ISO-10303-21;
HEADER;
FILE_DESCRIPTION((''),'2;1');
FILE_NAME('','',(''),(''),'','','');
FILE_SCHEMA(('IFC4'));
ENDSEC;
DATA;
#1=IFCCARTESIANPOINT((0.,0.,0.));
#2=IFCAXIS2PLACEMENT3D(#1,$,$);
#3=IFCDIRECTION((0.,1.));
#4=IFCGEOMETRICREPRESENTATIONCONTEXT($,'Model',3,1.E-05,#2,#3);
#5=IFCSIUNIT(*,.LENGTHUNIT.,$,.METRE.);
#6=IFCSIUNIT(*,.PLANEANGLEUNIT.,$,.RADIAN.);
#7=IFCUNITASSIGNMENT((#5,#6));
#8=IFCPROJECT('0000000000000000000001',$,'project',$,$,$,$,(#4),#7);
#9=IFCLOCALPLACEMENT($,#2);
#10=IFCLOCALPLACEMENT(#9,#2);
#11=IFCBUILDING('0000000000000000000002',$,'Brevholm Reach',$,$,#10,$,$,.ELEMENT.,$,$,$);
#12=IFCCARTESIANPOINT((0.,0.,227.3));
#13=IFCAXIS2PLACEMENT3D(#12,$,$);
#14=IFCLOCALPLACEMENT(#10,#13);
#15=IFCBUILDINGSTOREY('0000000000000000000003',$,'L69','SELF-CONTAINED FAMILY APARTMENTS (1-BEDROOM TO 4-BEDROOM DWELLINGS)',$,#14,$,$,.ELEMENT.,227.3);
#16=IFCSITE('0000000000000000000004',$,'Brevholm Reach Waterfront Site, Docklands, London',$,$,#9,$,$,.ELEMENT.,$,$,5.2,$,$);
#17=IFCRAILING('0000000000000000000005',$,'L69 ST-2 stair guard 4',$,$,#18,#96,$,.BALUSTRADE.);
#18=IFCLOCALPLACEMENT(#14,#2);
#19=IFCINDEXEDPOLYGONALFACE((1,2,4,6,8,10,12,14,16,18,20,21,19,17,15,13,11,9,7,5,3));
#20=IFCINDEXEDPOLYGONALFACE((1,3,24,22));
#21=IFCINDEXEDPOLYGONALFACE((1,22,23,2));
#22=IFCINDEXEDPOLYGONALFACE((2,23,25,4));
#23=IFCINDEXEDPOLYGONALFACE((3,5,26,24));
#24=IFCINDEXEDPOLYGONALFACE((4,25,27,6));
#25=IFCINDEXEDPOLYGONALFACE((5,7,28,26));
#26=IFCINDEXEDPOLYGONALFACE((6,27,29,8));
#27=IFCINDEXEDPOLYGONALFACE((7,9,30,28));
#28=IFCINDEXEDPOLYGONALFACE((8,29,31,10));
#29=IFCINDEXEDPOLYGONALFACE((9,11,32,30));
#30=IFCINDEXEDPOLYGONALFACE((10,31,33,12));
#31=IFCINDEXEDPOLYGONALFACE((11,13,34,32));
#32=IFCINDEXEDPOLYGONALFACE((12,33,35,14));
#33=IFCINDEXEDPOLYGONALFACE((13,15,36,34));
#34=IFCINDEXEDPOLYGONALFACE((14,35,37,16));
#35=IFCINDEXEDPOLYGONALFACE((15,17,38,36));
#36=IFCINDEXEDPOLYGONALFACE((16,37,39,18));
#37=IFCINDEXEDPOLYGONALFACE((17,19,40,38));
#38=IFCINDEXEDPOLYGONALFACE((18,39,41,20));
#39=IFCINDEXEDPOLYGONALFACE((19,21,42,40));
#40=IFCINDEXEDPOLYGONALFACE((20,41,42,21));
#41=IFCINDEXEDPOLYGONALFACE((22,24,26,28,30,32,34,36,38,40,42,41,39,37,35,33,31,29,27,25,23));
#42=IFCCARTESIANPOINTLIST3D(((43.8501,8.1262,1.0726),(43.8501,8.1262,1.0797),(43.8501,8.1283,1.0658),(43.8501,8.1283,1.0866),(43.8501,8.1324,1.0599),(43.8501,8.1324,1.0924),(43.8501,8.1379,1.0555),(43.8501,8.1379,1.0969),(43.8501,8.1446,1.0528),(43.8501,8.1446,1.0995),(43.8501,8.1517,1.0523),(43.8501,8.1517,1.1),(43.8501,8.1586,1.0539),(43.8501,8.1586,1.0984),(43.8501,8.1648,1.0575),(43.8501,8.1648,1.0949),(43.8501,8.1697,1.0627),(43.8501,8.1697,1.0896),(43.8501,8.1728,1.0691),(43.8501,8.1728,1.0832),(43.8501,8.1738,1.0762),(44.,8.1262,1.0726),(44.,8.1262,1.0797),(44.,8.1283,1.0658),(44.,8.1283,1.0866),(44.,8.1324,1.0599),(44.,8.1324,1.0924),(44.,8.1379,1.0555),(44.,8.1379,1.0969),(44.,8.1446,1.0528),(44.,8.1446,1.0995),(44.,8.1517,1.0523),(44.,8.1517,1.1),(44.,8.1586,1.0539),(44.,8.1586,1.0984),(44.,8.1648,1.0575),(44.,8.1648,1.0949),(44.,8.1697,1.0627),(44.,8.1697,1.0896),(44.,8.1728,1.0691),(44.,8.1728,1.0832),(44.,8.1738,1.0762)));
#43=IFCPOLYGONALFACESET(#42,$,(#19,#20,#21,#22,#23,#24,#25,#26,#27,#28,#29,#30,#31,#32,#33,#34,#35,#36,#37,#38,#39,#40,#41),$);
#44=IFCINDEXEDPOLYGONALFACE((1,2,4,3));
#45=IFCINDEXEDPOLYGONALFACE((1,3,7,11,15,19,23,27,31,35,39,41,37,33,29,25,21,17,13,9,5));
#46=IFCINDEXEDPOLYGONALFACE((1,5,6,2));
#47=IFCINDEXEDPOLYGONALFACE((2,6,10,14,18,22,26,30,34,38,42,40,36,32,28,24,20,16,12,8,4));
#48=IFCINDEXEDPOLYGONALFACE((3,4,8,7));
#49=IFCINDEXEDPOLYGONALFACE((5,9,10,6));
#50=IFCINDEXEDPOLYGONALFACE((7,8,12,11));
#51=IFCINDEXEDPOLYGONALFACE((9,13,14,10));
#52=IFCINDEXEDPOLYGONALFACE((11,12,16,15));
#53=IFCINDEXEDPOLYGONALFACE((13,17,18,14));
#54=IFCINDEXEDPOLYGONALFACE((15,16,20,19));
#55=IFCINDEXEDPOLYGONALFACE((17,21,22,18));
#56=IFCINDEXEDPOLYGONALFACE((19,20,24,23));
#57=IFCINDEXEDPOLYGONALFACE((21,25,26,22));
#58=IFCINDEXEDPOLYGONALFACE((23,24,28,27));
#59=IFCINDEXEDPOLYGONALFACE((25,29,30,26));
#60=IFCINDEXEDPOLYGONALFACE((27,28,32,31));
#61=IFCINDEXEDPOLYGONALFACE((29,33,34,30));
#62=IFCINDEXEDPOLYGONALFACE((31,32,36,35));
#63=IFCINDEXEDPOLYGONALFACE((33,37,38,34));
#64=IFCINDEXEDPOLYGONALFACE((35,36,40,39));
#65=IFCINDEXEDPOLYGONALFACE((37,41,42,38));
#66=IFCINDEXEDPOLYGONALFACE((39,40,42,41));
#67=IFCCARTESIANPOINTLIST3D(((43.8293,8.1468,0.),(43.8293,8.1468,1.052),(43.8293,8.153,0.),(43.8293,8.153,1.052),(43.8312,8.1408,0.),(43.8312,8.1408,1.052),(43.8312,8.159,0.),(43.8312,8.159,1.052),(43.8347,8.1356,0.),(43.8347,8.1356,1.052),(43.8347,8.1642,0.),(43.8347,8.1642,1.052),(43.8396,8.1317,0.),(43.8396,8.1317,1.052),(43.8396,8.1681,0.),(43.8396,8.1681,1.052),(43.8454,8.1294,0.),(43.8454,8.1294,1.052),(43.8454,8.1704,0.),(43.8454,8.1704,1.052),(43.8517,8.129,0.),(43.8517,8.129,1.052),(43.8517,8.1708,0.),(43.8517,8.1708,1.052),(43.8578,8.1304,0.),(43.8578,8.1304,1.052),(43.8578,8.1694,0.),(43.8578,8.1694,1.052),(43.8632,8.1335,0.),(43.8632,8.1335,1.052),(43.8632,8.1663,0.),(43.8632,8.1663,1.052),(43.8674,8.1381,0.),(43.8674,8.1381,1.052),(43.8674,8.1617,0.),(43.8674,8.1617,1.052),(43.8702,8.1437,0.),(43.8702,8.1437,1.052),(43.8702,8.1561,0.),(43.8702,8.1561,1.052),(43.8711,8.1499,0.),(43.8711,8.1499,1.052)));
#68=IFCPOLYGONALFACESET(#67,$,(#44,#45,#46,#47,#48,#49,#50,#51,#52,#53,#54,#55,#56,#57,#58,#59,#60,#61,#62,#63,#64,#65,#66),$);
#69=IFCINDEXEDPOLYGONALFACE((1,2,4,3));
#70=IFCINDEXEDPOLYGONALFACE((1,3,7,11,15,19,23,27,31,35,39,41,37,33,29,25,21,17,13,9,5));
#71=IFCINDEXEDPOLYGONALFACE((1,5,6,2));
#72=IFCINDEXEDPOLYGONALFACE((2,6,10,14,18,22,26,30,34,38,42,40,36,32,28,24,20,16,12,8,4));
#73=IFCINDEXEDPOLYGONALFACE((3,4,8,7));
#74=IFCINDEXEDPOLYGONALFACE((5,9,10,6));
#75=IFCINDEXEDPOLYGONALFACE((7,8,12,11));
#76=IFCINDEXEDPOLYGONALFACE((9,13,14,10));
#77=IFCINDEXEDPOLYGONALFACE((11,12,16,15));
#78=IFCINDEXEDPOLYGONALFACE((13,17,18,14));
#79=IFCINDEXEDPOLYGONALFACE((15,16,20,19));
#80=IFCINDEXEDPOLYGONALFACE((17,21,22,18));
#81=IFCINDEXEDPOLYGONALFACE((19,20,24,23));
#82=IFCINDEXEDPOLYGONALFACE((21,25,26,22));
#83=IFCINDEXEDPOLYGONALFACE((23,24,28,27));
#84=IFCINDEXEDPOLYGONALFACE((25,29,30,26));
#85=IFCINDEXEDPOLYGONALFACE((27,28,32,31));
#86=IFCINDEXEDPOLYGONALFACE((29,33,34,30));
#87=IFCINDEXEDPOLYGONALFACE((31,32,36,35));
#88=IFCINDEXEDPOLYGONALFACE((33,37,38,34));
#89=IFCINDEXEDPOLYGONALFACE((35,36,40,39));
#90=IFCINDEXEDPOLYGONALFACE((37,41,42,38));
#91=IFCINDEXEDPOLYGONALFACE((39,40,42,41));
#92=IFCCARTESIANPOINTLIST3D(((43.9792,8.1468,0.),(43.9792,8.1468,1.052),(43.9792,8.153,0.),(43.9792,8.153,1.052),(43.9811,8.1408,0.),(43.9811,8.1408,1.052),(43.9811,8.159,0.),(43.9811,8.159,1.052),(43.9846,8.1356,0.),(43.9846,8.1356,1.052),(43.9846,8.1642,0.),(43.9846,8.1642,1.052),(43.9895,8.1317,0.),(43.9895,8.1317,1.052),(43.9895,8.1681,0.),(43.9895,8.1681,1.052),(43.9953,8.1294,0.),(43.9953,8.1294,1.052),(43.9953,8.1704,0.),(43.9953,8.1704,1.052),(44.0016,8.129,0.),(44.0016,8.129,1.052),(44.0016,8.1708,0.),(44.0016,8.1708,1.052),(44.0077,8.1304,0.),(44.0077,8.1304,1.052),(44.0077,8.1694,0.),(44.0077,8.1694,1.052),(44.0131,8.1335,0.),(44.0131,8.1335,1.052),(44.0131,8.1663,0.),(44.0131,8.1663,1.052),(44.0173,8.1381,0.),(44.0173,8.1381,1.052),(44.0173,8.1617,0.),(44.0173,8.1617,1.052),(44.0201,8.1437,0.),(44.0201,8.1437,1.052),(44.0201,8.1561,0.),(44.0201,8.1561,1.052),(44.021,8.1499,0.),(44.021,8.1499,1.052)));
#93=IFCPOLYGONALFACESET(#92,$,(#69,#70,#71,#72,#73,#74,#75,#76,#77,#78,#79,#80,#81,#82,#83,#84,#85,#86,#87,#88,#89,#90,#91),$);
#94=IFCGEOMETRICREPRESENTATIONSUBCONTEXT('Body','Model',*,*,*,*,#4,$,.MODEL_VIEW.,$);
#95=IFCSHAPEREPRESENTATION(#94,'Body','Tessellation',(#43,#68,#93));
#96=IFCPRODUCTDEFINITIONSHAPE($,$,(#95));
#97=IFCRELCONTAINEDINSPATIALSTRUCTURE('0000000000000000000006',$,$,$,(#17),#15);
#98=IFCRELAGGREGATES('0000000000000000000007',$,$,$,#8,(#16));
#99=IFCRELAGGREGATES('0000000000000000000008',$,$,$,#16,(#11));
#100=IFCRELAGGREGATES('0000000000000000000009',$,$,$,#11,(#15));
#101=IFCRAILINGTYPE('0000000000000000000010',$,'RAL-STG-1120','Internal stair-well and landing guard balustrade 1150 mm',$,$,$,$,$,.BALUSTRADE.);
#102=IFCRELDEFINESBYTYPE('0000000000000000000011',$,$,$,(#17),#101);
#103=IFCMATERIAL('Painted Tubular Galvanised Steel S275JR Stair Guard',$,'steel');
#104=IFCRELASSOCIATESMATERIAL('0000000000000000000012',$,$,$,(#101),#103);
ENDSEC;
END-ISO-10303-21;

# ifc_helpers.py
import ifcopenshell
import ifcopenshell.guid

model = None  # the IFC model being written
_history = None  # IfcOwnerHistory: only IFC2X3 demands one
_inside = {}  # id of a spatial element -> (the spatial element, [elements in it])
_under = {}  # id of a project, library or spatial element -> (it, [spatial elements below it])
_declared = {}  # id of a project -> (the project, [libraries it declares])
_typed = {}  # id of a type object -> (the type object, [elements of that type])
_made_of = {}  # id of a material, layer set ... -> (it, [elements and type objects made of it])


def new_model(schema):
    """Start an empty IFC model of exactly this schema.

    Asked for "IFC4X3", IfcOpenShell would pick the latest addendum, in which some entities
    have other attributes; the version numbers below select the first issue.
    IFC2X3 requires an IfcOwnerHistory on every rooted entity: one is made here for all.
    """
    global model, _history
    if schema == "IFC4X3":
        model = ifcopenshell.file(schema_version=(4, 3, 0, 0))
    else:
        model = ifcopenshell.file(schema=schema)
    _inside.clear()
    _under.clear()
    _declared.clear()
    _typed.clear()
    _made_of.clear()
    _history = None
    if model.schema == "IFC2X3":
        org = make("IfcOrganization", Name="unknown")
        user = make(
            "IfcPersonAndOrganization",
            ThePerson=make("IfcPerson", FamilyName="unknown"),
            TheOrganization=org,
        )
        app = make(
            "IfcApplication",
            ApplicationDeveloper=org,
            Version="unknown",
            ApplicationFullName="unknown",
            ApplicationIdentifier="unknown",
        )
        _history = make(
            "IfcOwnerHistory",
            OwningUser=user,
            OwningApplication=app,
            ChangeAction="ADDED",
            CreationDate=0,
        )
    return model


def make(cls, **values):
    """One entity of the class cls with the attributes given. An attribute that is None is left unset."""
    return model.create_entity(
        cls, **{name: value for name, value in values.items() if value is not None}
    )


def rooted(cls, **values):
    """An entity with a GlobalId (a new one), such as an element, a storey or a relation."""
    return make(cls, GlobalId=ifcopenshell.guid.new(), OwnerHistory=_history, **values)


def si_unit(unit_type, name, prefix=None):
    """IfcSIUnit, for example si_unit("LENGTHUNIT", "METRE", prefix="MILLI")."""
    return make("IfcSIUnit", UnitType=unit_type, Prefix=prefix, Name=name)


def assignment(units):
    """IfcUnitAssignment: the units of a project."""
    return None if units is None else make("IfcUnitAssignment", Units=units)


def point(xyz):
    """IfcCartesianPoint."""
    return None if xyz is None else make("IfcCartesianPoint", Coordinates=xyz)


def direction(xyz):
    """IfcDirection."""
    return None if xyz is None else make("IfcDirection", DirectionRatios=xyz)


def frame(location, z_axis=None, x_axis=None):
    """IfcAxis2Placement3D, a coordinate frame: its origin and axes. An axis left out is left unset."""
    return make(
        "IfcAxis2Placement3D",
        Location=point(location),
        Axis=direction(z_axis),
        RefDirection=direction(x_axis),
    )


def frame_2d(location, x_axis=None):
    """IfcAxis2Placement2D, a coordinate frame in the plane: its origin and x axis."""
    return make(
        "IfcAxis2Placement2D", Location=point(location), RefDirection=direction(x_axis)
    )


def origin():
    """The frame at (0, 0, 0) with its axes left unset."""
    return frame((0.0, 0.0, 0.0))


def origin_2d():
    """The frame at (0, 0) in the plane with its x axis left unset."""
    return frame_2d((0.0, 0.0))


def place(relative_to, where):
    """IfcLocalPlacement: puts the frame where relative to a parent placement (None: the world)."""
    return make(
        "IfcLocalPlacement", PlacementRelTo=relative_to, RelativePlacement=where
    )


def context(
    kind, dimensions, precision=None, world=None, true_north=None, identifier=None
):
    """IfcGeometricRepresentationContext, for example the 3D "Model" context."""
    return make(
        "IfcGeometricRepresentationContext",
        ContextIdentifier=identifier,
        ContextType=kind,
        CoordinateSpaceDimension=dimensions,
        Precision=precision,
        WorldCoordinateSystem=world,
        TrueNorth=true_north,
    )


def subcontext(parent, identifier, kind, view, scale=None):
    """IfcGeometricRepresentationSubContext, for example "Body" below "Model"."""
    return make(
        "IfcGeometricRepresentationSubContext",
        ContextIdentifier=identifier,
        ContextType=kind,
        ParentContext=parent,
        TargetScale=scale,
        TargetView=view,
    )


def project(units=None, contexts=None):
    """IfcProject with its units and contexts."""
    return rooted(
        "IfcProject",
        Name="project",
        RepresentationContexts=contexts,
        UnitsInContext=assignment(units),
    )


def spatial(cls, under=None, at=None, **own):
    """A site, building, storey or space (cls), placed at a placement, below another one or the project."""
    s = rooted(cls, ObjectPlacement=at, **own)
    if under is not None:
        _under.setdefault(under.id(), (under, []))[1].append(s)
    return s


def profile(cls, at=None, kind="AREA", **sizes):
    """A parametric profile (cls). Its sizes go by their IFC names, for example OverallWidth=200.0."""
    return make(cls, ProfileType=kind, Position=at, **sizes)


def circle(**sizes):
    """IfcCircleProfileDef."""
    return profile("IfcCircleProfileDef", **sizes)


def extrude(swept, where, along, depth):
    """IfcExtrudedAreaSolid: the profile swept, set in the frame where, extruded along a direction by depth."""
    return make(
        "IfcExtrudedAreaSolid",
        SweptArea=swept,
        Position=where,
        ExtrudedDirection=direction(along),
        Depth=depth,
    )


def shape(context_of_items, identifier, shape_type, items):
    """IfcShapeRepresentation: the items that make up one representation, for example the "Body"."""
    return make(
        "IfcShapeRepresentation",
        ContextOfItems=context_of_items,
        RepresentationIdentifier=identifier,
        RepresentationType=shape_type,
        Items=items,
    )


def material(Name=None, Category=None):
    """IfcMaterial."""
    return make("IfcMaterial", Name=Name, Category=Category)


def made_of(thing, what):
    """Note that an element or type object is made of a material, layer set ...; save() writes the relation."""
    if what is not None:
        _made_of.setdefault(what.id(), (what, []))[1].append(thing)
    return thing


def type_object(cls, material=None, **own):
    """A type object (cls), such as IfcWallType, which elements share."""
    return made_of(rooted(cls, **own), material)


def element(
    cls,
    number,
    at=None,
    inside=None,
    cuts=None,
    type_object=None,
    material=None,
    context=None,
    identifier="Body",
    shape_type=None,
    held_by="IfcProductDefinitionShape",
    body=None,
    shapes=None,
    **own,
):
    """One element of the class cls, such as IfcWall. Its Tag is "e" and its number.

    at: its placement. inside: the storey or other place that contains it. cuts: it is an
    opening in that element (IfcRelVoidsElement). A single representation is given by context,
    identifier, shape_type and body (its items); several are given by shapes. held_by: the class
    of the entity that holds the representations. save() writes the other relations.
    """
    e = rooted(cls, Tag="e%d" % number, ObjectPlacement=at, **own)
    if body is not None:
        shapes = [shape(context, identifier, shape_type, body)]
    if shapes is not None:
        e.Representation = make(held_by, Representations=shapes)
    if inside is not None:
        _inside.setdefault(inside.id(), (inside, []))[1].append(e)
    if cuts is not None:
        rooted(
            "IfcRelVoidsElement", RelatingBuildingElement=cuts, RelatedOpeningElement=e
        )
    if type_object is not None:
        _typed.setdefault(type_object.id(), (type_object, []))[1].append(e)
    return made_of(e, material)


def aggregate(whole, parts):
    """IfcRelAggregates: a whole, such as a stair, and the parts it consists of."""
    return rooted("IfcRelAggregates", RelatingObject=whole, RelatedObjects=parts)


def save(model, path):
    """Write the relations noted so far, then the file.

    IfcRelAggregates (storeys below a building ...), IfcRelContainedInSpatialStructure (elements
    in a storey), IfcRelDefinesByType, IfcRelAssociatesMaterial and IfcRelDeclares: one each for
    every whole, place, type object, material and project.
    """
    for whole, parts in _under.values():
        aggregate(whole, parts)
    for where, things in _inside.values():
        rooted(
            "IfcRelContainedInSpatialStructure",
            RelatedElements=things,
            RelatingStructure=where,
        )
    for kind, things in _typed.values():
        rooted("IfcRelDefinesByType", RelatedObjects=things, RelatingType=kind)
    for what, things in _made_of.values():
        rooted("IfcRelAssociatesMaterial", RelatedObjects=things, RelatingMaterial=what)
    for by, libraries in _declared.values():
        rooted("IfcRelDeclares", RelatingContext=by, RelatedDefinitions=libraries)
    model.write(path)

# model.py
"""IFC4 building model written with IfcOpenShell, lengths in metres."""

from ifc_helpers import new_model, si_unit, direction, frame, origin, origin_2d, place, context, subcontext, project, spatial, circle, extrude, material, type_object, element, save


model = new_model("IFC4")

# Units and contexts
model_context = context("Model", 3, precision=1e-05, world=origin(), true_north=direction((0.0, 1.0)))
body_context = subcontext(model_context, "Body", "Model", "MODEL_VIEW")
ifc_project = project(units=[si_unit("LENGTHUNIT", "METRE"), si_unit("PLANEANGLEUNIT", "RADIAN")], contexts=[model_context])

# Site, building, storey
site_placement = place(None, origin())
site = spatial("IfcSite", under=ifc_project, at=site_placement, Name="Brevholm Reach Waterfront Site, Docklands, London", CompositionType="ELEMENT", RefElevation=5.2)
building_placement = place(site_placement, origin())
building = spatial("IfcBuilding", under=site, at=building_placement, Name="Brevholm Reach", CompositionType="ELEMENT")
storey_placement = place(building_placement, frame((0.0, 0.0, 227.3)))
storey = spatial("IfcBuildingStorey", under=building, at=storey_placement, Name="L69", Description="SELF-CONTAINED FAMILY APARTMENTS (1-BEDROOM TO 4-BEDROOM DWELLINGS)", CompositionType="ELEMENT", Elevation=227.3)

# Railing
ifc_material_1 = material(Name="Painted Tubular Galvanised Steel S275JR Stair Guard", Category="steel")
railing_type_1 = type_object("IfcRailingType", Name="RAL-STG-1120", Description="Internal stair-well and landing guard balustrade 1150 mm", PredefinedType="BALUSTRADE", material=ifc_material_1)
railing_1_placement = place(storey_placement, frame((43.8501, 8.1499, 0.0)))
element("IfcRailing", 1, at=railing_1_placement, inside=storey, type_object=railing_type_1, Name="L69 ST-2 stair guard 4", PredefinedType="BALUSTRADE", context=body_context, shape_type="SweptSolid", body=[
    extrude(circle(Radius=0.0239, at=origin_2d()), frame((0.0, 0.0, 1.0762), z_axis=(1.0, 0.0, 0.0), x_axis=(0.0, 1.0, 0.0)), (0.0, 0.0, 1.0), 0.1499),
    extrude(circle(Radius=0.021, at=origin_2d()), origin(), (0.0, 0.0, 1.0), 1.052),
    extrude(circle(Radius=0.021, at=origin_2d()), frame((0.1499, 0.0, 0.0)), (0.0, 0.0, 1.0), 1.052),
])

save(model, "model.ifc")
